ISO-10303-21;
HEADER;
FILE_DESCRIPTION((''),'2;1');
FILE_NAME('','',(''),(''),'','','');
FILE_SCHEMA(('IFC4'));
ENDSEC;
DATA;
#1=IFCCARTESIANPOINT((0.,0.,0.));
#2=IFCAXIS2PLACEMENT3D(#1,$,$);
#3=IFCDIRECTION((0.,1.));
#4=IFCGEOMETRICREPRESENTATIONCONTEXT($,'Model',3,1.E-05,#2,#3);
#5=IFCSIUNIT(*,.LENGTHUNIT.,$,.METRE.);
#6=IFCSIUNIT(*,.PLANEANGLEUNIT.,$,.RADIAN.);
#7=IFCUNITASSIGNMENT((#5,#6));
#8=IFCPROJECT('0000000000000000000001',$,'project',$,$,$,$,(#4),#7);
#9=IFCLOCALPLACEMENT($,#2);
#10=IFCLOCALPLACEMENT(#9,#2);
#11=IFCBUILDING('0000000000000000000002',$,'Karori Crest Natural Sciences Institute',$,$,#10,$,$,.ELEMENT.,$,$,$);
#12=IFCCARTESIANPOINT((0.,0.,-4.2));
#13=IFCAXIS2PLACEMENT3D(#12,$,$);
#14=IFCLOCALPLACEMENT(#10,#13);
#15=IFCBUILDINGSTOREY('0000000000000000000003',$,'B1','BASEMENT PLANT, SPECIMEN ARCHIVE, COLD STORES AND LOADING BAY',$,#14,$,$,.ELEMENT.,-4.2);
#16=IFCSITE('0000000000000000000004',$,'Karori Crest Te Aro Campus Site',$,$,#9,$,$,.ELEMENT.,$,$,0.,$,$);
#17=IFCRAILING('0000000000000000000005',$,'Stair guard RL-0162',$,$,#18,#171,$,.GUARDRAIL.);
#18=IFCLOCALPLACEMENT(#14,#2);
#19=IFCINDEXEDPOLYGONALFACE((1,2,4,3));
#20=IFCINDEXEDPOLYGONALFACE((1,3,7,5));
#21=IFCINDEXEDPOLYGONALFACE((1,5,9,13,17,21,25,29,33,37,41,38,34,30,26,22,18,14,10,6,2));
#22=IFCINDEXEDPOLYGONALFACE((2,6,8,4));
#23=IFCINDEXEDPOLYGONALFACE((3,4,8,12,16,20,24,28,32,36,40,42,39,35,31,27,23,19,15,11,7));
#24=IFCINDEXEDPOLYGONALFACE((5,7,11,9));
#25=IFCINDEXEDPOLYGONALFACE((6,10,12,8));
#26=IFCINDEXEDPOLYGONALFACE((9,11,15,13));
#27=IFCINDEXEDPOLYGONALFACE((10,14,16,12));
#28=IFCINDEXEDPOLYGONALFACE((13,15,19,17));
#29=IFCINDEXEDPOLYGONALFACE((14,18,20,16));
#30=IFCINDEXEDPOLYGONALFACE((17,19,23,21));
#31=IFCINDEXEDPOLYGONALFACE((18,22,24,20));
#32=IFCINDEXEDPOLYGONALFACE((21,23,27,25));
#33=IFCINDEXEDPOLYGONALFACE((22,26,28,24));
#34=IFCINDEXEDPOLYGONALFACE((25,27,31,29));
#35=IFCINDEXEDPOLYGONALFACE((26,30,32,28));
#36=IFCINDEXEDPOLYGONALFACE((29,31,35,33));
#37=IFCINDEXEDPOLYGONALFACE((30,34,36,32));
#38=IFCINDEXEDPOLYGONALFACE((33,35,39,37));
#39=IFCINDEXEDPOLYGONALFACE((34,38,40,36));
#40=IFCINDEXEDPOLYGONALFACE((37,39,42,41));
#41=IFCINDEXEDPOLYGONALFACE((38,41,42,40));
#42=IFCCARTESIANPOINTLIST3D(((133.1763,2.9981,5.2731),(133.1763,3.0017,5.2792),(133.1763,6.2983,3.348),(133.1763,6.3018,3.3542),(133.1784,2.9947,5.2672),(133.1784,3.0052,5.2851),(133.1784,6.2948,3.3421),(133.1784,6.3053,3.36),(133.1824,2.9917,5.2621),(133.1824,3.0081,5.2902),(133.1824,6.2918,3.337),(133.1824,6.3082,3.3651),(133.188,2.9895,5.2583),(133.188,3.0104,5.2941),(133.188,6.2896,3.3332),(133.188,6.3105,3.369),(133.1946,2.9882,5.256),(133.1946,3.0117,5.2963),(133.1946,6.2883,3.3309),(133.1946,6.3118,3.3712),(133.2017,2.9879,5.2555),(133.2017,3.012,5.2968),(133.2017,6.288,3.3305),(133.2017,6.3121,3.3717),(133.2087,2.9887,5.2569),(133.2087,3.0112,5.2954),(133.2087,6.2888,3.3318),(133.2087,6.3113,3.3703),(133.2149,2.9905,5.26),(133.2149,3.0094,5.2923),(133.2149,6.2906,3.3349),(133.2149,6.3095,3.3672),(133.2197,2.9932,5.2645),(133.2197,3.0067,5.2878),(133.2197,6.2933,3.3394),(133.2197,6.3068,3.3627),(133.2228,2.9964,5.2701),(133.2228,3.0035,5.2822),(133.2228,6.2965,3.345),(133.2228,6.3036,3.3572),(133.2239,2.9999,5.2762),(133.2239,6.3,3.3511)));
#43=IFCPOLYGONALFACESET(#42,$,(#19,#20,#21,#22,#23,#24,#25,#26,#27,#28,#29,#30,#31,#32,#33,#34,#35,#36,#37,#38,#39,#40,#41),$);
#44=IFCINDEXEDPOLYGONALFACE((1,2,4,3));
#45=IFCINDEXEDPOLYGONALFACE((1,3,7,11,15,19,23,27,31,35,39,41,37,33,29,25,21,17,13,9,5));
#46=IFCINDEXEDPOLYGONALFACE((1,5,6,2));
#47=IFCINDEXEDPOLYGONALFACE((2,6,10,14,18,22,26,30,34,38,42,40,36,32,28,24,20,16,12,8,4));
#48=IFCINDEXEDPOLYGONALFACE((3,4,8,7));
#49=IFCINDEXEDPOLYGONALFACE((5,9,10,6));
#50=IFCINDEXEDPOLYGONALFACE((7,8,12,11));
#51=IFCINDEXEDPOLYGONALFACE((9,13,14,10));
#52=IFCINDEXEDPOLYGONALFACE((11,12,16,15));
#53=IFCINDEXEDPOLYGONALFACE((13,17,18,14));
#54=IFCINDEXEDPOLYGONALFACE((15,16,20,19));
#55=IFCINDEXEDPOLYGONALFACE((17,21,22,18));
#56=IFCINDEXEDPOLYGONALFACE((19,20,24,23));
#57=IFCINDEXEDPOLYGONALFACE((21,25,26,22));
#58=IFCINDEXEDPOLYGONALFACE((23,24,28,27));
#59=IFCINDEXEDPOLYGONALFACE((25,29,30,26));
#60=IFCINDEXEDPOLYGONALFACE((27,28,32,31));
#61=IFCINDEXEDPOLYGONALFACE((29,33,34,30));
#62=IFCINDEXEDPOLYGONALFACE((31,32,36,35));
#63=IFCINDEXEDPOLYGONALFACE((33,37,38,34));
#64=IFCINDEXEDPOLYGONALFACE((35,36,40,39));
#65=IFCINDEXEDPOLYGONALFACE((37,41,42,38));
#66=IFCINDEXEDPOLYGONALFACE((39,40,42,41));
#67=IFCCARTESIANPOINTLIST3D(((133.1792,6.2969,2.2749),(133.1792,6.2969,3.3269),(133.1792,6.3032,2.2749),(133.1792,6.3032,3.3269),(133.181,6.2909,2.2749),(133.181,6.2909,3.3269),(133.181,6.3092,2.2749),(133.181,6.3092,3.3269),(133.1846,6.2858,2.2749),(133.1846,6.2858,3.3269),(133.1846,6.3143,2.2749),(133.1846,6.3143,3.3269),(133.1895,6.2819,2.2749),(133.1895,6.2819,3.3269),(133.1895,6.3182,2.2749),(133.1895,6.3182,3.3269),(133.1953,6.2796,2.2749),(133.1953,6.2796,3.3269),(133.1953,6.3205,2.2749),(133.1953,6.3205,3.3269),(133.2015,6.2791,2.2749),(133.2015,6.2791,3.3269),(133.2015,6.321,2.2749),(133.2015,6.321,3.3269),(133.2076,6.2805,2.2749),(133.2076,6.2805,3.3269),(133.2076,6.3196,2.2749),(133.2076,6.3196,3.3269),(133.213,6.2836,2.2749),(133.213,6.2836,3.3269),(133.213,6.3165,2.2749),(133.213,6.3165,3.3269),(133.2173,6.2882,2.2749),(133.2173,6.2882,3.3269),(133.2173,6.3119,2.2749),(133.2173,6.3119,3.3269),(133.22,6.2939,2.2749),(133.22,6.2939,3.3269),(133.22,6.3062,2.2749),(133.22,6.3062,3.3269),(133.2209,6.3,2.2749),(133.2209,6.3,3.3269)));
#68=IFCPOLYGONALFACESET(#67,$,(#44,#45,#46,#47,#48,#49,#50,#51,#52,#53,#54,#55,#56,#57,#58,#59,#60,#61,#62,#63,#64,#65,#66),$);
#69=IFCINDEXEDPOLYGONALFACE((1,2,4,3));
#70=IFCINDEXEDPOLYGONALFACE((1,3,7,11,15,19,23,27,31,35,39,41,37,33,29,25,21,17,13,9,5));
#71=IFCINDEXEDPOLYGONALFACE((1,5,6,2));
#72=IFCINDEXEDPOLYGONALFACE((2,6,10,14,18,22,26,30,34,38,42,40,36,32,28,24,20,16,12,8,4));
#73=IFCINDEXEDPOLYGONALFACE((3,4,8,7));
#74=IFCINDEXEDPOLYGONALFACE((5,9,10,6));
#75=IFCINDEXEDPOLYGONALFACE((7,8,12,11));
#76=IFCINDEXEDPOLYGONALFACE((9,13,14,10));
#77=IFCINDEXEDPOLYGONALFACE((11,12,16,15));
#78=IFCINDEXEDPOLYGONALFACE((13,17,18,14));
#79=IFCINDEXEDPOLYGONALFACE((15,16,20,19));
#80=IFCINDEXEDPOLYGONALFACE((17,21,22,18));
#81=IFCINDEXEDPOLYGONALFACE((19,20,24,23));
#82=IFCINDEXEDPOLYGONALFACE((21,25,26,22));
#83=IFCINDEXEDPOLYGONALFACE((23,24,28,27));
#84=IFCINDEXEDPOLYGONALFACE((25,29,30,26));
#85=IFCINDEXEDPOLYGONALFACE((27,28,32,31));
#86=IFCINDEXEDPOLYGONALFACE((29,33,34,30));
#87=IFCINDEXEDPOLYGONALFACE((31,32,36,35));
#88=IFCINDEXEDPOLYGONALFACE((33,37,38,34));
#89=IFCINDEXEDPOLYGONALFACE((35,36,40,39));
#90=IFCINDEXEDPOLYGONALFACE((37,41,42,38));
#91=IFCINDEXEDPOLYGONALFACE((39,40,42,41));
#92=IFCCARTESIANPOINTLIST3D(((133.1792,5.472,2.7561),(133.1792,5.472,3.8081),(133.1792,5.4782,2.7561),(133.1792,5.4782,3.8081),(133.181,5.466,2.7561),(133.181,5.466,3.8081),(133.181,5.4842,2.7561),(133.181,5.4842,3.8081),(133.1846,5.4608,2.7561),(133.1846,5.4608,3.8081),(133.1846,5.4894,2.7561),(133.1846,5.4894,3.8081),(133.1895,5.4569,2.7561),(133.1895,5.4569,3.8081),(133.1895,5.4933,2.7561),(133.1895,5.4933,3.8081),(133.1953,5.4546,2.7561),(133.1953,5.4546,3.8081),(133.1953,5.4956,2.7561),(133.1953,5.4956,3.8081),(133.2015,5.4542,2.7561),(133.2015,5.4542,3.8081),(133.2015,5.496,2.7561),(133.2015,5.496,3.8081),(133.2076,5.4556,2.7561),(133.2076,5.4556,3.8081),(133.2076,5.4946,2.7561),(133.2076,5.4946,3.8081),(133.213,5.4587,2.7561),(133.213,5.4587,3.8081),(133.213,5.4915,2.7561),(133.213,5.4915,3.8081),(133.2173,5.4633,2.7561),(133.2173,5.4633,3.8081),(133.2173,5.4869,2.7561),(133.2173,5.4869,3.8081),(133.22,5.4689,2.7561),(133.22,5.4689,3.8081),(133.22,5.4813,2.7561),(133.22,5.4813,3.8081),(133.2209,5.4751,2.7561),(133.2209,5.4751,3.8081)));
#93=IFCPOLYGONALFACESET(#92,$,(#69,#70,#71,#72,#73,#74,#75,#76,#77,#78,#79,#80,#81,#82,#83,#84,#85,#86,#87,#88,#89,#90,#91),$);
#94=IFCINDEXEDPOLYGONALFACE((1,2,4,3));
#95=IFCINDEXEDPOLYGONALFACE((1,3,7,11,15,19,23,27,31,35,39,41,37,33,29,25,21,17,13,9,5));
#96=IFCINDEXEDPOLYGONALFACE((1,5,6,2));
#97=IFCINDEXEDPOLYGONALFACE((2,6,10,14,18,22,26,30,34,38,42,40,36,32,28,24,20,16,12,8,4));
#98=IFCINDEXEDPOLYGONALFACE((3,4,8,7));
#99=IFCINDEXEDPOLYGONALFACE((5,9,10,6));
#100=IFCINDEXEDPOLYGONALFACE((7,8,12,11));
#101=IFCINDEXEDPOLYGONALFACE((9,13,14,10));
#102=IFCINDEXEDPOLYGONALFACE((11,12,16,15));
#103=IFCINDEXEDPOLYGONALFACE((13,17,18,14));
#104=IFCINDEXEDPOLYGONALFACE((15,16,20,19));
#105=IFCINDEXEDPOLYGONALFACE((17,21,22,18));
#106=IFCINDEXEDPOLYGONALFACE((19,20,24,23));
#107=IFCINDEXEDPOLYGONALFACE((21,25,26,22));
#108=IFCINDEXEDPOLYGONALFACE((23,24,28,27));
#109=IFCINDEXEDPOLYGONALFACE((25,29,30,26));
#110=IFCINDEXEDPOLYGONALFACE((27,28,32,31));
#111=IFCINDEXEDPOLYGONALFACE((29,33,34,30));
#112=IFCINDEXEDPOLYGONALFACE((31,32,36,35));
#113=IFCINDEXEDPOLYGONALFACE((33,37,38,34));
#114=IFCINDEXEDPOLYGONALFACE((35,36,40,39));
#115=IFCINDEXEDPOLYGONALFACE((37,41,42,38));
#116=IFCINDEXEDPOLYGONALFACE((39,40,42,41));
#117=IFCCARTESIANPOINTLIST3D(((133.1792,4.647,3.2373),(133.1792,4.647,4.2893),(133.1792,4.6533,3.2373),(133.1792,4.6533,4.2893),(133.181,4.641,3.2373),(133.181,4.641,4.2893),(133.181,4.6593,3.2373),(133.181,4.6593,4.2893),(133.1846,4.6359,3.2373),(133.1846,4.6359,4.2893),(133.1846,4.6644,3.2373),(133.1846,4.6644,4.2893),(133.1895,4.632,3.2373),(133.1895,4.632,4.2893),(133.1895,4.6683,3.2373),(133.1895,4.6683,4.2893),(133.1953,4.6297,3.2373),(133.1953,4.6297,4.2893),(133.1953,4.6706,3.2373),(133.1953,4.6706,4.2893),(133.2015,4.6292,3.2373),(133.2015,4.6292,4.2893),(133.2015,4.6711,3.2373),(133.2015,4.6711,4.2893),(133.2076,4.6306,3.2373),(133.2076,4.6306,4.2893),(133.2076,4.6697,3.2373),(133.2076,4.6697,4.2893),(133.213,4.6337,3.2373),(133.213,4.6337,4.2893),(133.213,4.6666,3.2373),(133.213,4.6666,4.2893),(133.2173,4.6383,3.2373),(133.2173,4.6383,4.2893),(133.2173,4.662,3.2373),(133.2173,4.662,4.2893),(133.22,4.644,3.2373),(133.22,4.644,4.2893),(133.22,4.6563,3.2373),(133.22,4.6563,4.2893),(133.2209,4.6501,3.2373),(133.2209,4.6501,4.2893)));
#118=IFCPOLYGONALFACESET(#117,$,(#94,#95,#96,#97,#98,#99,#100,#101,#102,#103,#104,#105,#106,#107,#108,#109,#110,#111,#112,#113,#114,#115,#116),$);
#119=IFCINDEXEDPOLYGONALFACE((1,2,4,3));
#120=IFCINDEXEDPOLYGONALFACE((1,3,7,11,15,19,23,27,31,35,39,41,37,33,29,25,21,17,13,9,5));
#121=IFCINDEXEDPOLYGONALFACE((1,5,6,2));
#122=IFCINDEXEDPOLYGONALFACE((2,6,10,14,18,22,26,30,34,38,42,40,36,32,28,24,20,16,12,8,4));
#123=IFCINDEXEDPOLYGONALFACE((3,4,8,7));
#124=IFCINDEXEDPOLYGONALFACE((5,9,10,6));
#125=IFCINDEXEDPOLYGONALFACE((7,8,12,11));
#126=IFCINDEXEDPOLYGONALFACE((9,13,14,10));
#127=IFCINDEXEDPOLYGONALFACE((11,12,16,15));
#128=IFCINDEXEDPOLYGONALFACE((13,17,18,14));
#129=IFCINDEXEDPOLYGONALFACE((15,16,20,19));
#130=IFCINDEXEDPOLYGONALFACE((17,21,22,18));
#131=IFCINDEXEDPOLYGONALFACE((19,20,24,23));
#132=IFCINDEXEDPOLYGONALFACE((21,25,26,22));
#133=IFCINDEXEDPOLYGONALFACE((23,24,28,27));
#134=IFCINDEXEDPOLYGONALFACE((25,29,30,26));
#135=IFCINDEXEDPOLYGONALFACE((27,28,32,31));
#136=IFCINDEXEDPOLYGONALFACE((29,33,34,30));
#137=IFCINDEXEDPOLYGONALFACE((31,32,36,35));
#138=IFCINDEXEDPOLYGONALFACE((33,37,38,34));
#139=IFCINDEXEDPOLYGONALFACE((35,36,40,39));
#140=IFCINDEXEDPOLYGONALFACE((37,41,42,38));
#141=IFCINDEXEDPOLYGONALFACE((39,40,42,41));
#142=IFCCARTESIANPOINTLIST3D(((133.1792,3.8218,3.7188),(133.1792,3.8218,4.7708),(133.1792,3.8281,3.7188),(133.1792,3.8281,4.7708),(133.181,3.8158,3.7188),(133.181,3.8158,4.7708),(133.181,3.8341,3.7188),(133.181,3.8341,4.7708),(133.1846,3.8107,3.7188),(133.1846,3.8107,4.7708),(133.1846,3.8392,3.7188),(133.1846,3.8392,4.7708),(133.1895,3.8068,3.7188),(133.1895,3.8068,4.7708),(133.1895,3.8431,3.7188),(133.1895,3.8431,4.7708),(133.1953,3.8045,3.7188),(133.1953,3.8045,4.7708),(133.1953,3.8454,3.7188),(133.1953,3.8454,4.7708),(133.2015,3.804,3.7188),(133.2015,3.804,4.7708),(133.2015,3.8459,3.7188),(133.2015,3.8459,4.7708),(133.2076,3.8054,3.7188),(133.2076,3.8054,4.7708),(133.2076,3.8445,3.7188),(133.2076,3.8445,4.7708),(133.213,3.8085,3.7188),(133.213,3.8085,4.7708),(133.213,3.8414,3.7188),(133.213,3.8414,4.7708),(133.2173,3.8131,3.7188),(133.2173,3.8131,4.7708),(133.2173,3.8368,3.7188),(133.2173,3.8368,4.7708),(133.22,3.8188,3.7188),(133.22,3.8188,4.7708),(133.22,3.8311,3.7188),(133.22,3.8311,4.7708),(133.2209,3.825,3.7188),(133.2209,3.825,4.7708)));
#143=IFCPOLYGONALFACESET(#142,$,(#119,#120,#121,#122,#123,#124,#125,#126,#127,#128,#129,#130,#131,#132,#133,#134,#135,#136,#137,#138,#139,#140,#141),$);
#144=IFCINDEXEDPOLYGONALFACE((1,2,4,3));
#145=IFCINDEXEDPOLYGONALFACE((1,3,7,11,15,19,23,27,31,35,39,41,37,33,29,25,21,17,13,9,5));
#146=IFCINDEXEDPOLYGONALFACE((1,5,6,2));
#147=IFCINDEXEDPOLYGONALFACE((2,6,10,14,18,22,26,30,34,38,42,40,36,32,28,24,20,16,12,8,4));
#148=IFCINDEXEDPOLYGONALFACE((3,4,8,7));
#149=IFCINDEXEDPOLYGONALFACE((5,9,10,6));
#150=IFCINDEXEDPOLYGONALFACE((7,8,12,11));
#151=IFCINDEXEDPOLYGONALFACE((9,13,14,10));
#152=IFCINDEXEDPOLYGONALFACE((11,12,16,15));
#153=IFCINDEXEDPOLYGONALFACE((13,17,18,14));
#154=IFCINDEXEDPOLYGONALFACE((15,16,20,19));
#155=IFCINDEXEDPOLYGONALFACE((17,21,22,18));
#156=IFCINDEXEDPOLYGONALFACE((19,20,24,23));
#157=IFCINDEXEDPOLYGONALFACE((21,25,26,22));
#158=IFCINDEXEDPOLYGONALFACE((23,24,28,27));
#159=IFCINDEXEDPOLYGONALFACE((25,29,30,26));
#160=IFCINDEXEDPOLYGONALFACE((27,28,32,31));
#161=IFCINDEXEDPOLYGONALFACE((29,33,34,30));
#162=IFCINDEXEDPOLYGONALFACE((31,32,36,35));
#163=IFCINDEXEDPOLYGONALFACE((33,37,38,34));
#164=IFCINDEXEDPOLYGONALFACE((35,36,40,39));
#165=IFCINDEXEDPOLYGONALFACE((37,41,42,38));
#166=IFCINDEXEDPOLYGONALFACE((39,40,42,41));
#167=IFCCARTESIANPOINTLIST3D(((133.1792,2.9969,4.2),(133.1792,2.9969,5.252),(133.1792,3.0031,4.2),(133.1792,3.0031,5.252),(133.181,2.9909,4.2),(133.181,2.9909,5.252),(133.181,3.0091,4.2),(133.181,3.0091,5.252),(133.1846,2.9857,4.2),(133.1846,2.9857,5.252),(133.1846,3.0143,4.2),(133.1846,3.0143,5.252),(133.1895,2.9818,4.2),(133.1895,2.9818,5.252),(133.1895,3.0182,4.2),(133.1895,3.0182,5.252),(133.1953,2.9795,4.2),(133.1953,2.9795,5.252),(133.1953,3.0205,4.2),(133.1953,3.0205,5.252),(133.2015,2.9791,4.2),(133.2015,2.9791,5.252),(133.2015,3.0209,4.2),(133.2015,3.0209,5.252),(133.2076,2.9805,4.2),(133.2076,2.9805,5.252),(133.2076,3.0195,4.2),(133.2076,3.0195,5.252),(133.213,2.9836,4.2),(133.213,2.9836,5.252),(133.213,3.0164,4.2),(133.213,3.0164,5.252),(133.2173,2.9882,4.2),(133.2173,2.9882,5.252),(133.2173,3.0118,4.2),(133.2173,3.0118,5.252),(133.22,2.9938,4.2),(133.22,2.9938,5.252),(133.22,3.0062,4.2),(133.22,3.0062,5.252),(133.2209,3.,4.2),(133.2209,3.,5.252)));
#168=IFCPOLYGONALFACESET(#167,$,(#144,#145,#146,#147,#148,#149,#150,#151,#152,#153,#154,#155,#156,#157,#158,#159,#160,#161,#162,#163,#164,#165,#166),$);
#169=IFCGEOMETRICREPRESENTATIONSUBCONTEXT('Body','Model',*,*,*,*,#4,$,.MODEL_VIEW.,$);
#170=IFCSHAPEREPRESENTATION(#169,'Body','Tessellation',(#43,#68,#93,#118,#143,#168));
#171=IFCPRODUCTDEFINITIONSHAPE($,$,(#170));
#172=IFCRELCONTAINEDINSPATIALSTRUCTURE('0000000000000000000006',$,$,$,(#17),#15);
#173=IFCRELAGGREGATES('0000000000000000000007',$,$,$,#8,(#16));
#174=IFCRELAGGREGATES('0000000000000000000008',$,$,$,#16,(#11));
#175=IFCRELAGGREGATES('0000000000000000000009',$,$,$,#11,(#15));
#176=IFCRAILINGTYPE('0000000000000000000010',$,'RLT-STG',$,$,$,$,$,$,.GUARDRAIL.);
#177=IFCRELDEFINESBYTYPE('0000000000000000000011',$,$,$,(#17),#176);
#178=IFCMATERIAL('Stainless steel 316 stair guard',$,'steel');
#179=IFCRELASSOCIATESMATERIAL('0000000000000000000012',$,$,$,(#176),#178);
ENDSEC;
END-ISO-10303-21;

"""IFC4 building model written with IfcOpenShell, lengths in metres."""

from ifc_helpers import new_model, si_unit, direction, frame, origin, origin_2d, place, context, subcontext, project, spatial, circle, extrude, material, type_object, element, save


model = new_model("IFC4")

# Units and contexts
model_context = context("Model", 3, precision=1e-05, world=origin(), true_north=direction((0.0, 1.0)))
body_context = subcontext(model_context, "Body", "Model", "MODEL_VIEW")
ifc_project = project(units=[si_unit("LENGTHUNIT", "METRE"), si_unit("PLANEANGLEUNIT", "RADIAN")], contexts=[model_context])

# Site, building, storey
site_placement = place(None, origin())
site = spatial("IfcSite", under=ifc_project, at=site_placement, Name="Karori Crest Te Aro Campus Site", CompositionType="ELEMENT", RefElevation=0.0)
building_placement = place(site_placement, origin())
building = spatial("IfcBuilding", under=site, at=building_placement, Name="Karori Crest Natural Sciences Institute", CompositionType="ELEMENT")
storey_placement = place(building_placement, frame((0.0, 0.0, -4.2)))
storey = spatial("IfcBuildingStorey", under=building, at=storey_placement, Name="B1", Description="BASEMENT PLANT, SPECIMEN ARCHIVE, COLD STORES AND LOADING BAY", CompositionType="ELEMENT", Elevation=-4.2)

# Railing
ifc_material_1 = material(Name="Stainless steel 316 stair guard", Category="steel")
railing_type_1 = type_object("IfcRailingType", Name="RLT-STG", PredefinedType="GUARDRAIL", material=ifc_material_1)
railing_1_placement = place(storey_placement, frame((133.2, 6.3, 2.2749)))
element("IfcRailing", 1, at=railing_1_placement, inside=storey, type_object=railing_type_1, Name="Stair guard RL-0162", PredefinedType="GUARDRAIL", context=body_context, shape_type="SweptSolid", body=[
    extrude(circle(Radius=0.0239, at=origin_2d()), frame((0.0, 0.0, 1.0762), z_axis=(0.0, -0.863777, 0.503875), x_axis=(1.0, 0.0, 0.0)), (0.0, 0.0, 1.0), 3.8206),
    extrude(circle(Radius=0.021, at=origin_2d()), origin(), (0.0, 0.0, 1.0), 1.052),
    extrude(circle(Radius=0.021, at=origin_2d()), frame((0.0, -0.825, 0.4812)), (0.0, 0.0, 1.0), 1.052),
    extrude(circle(Radius=0.021, at=origin_2d()), frame((0.0, -1.6499, 0.9624)), (0.0, 0.0, 1.0), 1.052),
    extrude(circle(Radius=0.021, at=origin_2d()), frame((0.0, -2.4751, 1.4438)), (0.0, 0.0, 1.0), 1.052),
    extrude(circle(Radius=0.021, at=origin_2d()), frame((0.0, -3.3, 1.925)), (0.0, 0.0, 1.0), 1.052),
])

save(model, "model.ifc")
